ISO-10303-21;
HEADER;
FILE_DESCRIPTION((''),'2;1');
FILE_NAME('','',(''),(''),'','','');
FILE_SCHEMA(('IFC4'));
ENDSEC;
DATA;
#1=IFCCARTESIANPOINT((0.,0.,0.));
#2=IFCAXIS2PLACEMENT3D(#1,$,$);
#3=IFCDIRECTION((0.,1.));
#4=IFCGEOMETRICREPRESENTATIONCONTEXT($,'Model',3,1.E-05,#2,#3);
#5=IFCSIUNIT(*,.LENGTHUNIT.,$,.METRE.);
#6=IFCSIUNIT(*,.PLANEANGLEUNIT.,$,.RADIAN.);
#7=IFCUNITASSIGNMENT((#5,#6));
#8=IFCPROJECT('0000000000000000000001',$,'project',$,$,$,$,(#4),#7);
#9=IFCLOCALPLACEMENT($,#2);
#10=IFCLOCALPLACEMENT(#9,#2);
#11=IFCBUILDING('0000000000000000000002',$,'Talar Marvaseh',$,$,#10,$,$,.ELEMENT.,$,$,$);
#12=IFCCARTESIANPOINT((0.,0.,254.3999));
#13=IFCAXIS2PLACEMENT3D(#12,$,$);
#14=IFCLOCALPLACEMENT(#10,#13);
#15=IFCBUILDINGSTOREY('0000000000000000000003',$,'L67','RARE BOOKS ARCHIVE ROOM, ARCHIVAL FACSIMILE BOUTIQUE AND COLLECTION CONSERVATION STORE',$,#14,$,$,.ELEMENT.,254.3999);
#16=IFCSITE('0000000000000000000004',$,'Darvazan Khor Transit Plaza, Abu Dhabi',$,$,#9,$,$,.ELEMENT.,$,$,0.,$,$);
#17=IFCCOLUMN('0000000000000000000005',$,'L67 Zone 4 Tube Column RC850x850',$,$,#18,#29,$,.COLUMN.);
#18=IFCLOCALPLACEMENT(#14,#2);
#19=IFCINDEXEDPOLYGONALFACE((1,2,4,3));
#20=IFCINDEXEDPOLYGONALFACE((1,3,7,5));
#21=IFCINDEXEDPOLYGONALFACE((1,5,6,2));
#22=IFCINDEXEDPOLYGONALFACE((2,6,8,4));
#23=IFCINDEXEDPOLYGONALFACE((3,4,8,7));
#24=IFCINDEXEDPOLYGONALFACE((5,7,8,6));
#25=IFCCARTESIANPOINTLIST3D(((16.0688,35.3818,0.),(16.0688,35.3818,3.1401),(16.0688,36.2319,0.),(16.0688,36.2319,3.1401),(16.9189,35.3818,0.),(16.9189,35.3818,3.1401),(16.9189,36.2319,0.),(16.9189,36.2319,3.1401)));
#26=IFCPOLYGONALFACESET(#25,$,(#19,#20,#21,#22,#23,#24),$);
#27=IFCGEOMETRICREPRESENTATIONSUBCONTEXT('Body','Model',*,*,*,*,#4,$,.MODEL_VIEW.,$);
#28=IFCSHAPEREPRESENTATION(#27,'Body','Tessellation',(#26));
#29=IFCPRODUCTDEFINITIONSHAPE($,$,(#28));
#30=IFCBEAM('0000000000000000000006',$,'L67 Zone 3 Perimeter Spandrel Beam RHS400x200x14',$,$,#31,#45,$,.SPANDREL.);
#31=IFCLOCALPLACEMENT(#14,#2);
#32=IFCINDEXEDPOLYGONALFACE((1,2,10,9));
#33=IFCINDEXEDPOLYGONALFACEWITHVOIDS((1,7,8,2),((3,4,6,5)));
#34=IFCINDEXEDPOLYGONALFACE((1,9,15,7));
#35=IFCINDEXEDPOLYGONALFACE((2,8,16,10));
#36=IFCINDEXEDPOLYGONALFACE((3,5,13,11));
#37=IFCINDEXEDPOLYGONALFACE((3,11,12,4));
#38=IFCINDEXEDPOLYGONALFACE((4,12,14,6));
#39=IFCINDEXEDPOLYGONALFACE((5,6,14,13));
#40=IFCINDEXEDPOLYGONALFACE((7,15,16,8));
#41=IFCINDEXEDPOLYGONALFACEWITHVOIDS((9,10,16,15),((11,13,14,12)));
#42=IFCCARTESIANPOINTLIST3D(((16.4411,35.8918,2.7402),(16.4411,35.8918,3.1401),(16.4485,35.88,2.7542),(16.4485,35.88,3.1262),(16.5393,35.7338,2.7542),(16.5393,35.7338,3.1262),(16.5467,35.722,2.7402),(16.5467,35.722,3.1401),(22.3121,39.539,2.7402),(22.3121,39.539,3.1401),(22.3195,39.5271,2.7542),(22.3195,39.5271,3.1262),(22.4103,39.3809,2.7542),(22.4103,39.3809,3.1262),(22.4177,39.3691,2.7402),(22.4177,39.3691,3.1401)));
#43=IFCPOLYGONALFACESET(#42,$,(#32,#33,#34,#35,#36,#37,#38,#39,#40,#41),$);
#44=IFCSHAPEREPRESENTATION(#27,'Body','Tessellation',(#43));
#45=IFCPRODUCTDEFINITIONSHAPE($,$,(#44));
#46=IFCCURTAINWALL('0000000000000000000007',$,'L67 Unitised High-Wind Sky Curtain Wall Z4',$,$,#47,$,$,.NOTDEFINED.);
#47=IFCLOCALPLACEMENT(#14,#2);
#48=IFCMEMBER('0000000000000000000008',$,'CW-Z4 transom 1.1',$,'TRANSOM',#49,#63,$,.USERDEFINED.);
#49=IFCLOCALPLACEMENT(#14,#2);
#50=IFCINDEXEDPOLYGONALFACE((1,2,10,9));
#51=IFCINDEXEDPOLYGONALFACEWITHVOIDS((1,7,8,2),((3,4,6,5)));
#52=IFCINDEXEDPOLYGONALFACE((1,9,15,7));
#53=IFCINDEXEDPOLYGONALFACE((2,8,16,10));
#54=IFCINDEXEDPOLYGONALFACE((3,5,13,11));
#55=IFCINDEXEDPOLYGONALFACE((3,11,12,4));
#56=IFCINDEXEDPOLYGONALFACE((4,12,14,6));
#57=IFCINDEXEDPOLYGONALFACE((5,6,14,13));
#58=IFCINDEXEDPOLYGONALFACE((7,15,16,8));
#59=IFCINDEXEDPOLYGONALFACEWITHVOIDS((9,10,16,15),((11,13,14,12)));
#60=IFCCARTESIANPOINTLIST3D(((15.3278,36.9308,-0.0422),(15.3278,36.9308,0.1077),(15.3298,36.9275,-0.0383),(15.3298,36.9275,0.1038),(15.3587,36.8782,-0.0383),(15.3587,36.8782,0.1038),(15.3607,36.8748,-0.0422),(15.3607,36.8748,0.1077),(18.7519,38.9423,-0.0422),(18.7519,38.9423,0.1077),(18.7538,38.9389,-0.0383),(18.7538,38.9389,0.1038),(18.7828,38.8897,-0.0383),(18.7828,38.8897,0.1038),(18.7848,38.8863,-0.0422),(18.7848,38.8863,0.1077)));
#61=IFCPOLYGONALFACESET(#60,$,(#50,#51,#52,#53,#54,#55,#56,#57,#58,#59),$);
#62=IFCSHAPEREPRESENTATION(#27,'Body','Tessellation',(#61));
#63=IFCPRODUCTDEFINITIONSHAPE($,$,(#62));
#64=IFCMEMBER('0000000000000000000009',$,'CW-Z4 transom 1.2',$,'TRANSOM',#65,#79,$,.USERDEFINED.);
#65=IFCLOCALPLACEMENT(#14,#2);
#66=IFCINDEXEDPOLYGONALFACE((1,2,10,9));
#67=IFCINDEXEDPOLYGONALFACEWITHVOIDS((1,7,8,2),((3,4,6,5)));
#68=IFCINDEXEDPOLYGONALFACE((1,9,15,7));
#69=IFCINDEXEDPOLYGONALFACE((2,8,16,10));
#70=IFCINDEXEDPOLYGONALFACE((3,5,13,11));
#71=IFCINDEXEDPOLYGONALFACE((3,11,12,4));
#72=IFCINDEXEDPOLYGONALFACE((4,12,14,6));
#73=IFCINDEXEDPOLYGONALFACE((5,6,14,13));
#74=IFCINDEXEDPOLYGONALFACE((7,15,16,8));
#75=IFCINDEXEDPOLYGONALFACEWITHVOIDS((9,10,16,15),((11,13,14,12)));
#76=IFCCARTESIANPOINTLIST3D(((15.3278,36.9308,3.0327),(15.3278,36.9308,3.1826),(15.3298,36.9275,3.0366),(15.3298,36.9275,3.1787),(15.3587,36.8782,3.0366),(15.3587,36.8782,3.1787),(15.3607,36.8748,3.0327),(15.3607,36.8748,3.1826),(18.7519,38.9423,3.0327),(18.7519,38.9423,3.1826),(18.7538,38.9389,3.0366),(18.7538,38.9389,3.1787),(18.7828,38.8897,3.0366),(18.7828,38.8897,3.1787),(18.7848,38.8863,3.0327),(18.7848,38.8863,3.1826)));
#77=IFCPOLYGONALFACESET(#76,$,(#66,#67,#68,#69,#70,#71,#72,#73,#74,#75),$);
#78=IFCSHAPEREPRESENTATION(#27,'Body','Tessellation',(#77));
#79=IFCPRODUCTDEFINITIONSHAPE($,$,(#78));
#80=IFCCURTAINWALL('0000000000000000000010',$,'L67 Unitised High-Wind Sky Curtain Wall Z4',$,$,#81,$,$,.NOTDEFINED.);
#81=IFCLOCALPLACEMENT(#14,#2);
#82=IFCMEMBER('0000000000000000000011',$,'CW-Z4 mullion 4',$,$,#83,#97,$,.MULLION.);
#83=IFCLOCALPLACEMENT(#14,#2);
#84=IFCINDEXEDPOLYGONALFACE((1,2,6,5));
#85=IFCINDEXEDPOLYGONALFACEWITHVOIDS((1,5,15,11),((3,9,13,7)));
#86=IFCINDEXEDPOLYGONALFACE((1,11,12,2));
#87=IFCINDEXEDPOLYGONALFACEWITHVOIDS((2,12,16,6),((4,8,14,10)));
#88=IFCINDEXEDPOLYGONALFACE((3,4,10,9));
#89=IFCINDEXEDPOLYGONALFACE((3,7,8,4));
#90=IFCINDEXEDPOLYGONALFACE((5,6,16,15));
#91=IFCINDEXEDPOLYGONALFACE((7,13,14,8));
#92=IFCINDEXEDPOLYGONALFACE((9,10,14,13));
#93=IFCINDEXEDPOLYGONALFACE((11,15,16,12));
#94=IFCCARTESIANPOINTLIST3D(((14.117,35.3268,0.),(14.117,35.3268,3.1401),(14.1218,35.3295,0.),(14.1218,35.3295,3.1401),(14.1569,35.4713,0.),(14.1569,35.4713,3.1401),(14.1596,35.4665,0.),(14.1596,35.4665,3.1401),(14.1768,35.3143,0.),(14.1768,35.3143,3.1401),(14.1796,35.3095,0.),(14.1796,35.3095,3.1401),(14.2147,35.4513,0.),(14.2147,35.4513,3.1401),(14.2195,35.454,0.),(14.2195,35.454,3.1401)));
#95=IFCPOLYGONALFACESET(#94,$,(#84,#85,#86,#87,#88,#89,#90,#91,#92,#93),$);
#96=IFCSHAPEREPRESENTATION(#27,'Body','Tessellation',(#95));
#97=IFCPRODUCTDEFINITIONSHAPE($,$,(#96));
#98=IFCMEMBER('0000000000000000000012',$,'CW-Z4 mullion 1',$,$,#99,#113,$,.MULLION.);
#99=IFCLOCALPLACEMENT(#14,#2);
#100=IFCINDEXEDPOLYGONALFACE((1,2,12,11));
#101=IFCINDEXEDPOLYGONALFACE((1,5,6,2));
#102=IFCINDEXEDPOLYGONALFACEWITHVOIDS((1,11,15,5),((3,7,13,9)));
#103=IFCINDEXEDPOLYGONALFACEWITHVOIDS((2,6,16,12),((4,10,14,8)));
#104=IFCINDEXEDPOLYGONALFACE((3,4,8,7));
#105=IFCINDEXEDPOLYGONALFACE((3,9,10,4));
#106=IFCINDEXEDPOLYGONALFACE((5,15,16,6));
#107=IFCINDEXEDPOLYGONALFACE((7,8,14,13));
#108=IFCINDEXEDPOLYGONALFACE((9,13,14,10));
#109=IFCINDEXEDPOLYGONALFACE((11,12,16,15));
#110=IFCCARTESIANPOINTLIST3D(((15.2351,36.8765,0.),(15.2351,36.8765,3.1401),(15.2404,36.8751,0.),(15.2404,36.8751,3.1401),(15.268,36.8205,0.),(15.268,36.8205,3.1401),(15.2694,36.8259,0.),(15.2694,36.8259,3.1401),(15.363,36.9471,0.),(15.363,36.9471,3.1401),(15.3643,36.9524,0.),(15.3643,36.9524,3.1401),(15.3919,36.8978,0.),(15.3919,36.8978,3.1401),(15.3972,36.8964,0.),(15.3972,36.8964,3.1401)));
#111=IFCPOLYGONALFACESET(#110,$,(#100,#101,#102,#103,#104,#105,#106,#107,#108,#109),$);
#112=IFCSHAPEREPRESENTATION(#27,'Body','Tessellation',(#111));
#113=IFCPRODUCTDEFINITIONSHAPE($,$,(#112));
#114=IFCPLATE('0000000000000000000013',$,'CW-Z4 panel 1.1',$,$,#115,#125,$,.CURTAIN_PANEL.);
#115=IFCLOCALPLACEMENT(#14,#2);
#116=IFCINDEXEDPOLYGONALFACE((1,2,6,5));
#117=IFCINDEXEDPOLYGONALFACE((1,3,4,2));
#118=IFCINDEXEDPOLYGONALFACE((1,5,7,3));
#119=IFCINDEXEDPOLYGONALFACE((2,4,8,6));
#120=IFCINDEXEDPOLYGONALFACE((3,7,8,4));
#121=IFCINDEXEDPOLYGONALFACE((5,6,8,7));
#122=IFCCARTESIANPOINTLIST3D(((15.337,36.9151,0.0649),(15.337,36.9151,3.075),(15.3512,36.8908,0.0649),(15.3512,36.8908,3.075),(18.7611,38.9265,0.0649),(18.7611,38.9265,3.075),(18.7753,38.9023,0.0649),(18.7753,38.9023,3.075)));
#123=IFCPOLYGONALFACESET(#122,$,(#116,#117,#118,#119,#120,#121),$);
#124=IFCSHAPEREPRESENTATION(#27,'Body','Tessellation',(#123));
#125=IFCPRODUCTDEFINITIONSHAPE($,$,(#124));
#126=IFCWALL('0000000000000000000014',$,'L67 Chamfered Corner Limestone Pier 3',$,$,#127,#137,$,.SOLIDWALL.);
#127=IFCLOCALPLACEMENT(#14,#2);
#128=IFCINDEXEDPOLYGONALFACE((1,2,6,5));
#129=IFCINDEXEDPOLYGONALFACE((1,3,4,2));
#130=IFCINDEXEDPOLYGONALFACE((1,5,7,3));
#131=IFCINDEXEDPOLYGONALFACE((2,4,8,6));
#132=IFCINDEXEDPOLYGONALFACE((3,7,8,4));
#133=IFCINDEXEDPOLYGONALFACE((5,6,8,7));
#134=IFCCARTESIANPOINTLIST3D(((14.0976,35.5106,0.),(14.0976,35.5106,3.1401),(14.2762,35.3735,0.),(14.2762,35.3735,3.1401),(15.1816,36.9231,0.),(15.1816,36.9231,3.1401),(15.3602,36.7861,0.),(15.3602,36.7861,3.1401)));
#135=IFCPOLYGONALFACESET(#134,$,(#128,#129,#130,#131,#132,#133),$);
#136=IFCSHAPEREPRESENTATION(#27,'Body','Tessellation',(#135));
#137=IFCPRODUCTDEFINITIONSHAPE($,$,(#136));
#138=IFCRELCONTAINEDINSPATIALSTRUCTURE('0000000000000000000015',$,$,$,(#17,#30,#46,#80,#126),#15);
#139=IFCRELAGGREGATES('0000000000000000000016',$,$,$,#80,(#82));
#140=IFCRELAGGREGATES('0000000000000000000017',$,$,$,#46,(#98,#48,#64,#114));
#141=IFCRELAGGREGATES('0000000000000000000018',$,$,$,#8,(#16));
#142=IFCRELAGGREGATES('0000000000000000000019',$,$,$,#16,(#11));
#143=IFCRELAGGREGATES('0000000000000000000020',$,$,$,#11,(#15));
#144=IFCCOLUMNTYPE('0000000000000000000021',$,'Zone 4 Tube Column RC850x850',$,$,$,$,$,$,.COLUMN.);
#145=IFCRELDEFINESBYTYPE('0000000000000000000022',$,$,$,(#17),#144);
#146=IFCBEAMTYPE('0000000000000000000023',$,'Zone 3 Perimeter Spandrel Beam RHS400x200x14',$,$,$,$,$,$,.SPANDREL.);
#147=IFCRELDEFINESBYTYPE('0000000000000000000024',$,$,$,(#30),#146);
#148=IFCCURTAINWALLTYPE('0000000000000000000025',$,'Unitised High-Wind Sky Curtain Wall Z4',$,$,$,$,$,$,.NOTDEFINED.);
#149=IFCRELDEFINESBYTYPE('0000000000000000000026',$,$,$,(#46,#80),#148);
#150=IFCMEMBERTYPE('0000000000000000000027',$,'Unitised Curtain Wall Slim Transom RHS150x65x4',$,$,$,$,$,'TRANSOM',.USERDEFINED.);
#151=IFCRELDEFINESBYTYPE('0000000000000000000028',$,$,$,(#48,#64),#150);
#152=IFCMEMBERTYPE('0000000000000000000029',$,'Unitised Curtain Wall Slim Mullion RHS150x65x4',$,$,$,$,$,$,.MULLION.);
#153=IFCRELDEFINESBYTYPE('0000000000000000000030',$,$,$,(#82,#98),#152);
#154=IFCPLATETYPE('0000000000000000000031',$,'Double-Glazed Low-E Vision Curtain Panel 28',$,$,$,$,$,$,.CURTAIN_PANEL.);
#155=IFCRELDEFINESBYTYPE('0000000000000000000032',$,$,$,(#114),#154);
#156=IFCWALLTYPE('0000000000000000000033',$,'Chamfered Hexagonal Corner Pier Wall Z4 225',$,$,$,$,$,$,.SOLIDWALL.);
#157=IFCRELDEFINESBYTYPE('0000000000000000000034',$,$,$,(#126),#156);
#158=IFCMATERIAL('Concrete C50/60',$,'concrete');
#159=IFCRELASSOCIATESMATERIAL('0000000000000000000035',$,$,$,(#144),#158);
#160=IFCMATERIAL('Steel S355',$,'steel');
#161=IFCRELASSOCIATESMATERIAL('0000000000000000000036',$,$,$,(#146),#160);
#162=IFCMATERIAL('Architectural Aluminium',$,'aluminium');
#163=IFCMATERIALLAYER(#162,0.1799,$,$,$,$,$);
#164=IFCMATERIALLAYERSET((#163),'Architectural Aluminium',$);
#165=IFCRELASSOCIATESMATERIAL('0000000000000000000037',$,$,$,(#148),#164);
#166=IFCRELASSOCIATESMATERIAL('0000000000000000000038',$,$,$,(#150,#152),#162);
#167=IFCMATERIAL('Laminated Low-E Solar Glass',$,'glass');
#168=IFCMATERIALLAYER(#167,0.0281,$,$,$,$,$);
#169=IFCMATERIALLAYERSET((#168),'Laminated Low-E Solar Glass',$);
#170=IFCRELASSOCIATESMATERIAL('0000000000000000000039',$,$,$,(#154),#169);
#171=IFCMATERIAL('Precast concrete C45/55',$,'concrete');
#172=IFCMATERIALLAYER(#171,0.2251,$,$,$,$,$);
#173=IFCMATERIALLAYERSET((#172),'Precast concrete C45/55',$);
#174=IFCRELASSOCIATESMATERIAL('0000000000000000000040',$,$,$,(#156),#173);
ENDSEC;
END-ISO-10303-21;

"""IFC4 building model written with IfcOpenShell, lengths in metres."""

from ifc_helpers import new_model, si_unit, direction, frame, frame_2d, origin, origin_2d, place, context, subcontext, project, spatial, rectangle, hollow_rectangle, extrude, source, transform, mapped, material, layer, layer_set, material_profile, profile_set, type_object, type_shapes, element, aggregate, save


model = new_model("IFC4")

# Units and contexts
model_context = context("Model", 3, precision=1e-05, world=origin(), true_north=direction((0.0, 1.0)))
body_context = subcontext(model_context, "Body", "Model", "MODEL_VIEW")
ifc_project = project(units=[si_unit("LENGTHUNIT", "METRE"), si_unit("PLANEANGLEUNIT", "RADIAN")], contexts=[model_context])

# Site, building, storey
site_placement = place(None, origin())
site = spatial("IfcSite", under=ifc_project, at=site_placement, Name="Darvazan Khor Transit Plaza, Abu Dhabi", CompositionType="ELEMENT", RefElevation=0.0)
building_placement = place(site_placement, origin())
building = spatial("IfcBuilding", under=site, at=building_placement, Name="Talar Marvaseh", CompositionType="ELEMENT")
storey_placement = place(building_placement, frame((0.0, 0.0, 254.3999)))
storey = spatial("IfcBuildingStorey", under=building, at=storey_placement, Name="L67", Description="RARE BOOKS ARCHIVE ROOM, ARCHIVAL FACSIMILE BOUTIQUE AND COLLECTION CONSERVATION STORE", CompositionType="ELEMENT", Elevation=254.3999)

# Column
ifc_material_1 = material(Name="Concrete C50/60", Category="concrete")
ifc_material_profile_1 = material_profile(ifc_material_1, rectangle(XDim=0.8501, YDim=0.8501, at=origin_2d()), Name="RC850x850")
ifc_profile_set_1 = profile_set([ifc_material_profile_1], Name="Concrete C50/60")
column_type = type_object("IfcColumnType", Name="Zone 4 Tube Column RC850x850", PredefinedType="COLUMN", material=ifc_profile_set_1)
column_placement = place(storey_placement, frame((16.4939, 35.8069, 0.0), z_axis=(0.0, 0.0, 1.0), x_axis=(1.0, 0.0, 0.0)))
element("IfcColumn", 1, at=column_placement, inside=storey, type_object=column_type, Name="L67 Zone 4 Tube Column RC850x850", PredefinedType="COLUMN", context=body_context, shape_type="SweptSolid", body=[
    extrude(rectangle(XDim=0.8501, YDim=0.8501, at=origin_2d()), origin(), (0.0, 0.0, 1.0), 3.1401),
])

# Beam
ifc_material_2 = material(Name="Steel S355", Category="steel")
ifc_material_profile_2 = material_profile(ifc_material_2, hollow_rectangle(XDim=0.2, YDim=0.3999, WallThickness=0.0139, at=origin_2d()), Name="RHS400x200x14")
ifc_profile_set_2 = profile_set([ifc_material_profile_2], Name="Steel S355")
beam_type = type_object("IfcBeamType", Name="Zone 3 Perimeter Spandrel Beam RHS400x200x14", PredefinedType="SPANDREL", material=ifc_profile_set_2)
beam_placement = place(storey_placement, frame((16.4939, 35.8069, 2.9402), z_axis=(0.84944, 0.527686, 0.0), x_axis=(-0.527686, 0.84944, 0.0)))
element("IfcBeam", 2, at=beam_placement, inside=storey, type_object=beam_type, Name="L67 Zone 3 Perimeter Spandrel Beam RHS400x200x14", PredefinedType="SPANDREL", context=body_context, shape_type="SweptSolid", body=[
    extrude(hollow_rectangle(XDim=0.2, YDim=0.3999, WallThickness=0.0139, at=origin_2d()), origin(), (0.0, 0.0, 1.0), 6.9116),
])

# Curtain wall, members
ifc_material_3 = material(Name="Architectural Aluminium", Category="aluminium")
ifc_layer_1 = layer(ifc_material_3, 0.1799)
ifc_layer_set_1 = layer_set([ifc_layer_1], Name="Architectural Aluminium")
curtain_wall_type = type_object("IfcCurtainWallType", Name="Unitised High-Wind Sky Curtain Wall Z4", PredefinedType="NOTDEFINED", material=ifc_layer_set_1)
curtain_wall_1_placement = place(storey_placement, origin())
curtain_wall_1 = element("IfcCurtainWall", 3, at=curtain_wall_1_placement, inside=storey, type_object=curtain_wall_type, Name="L67 Unitised High-Wind Sky Curtain Wall Z4", PredefinedType="NOTDEFINED")
ifc_material_profile_3 = material_profile(ifc_material_3, hollow_rectangle(XDim=0.0649, YDim=0.1499, WallThickness=0.0039, at=origin_2d()), Name="RHS150x65x4")
ifc_profile_set_3 = profile_set([ifc_material_profile_3], Name="Architectural Aluminium")
member_type_1 = type_object("IfcMemberType", Name="Unitised Curtain Wall Slim Transom RHS150x65x4", ElementType="TRANSOM", PredefinedType="USERDEFINED", material=ifc_profile_set_3)
shared_shape_1 = source(origin(), body_context, "Body", "SweptSolid", [
    extrude(hollow_rectangle(XDim=0.0649, YDim=0.1499, WallThickness=0.0039, at=origin_2d()), origin(), (0.0, 0.0, 1.0), 3.9712),
])
type_shapes(member_type_1, [shared_shape_1])
member_1_placement = place(storey_placement, frame((15.3442, 36.9028, 0.0327), z_axis=(0.86223, 0.506518, 0.0), x_axis=(-0.506518, 0.86223, 0.0)))
member_1 = element("IfcMember", 4, at=member_1_placement, type_object=member_type_1, Name="CW-Z4 transom 1.1", ObjectType="TRANSOM", PredefinedType="USERDEFINED", context=body_context, shape_type="MappedRepresentation", body=[
    mapped(shared_shape_1, transform((0.0, 0.0, 0.0), x_axis=(1.0, 0.0, 0.0), y_axis=(0.0, 1.0, 0.0), z_axis=(0.0, 0.0, 1.0), scale=1.0)),
])
member_2_placement = place(storey_placement, frame((15.3442, 36.9028, 3.1077), z_axis=(0.86223, 0.506518, 0.0), x_axis=(-0.506518, 0.86223, 0.0)))
member_2 = element("IfcMember", 5, at=member_2_placement, type_object=member_type_1, Name="CW-Z4 transom 1.2", ObjectType="TRANSOM", PredefinedType="USERDEFINED", context=body_context, shape_type="MappedRepresentation", body=[
    mapped(shared_shape_1, transform((0.0, 0.0, 0.0), x_axis=(1.0, 0.0, 0.0), y_axis=(0.0, 1.0, 0.0), z_axis=(0.0, 0.0, 1.0), scale=1.0)),
])

# Curtain wall, member
curtain_wall_2_placement = place(storey_placement, origin())
curtain_wall_2 = element("IfcCurtainWall", 6, at=curtain_wall_2_placement, inside=storey, type_object=curtain_wall_type, Name="L67 Unitised High-Wind Sky Curtain Wall Z4", PredefinedType="NOTDEFINED")
ifc_material_profile_4 = material_profile(ifc_material_3, hollow_rectangle(XDim=0.0649, YDim=0.1499, WallThickness=0.0039, at=origin_2d()), Name="RHS150x65x4")
ifc_profile_set_4 = profile_set([ifc_material_profile_4], Name="Architectural Aluminium")
member_type_2 = type_object("IfcMemberType", Name="Unitised Curtain Wall Slim Mullion RHS150x65x4", PredefinedType="MULLION", material=ifc_profile_set_4)
shared_shape_2 = source(origin(), body_context, "Body", "SweptSolid", [
    extrude(hollow_rectangle(XDim=0.0649, YDim=0.1499, WallThickness=0.0039, at=origin_2d()), origin(), (0.0, 0.0, 1.0), 3.1401),
])
type_shapes(member_type_2, [shared_shape_2])
member_3_placement = place(storey_placement, frame((14.1682, 35.3904, 0.0), z_axis=(0.0, 0.0, 1.0), x_axis=(-0.963948, 0.266091, 0.0)))
member_3 = element("IfcMember", 7, at=member_3_placement, type_object=member_type_2, Name="CW-Z4 mullion 4", PredefinedType="MULLION", context=body_context, shape_type="MappedRepresentation", body=[
    mapped(shared_shape_2, transform((0.0, 0.0, 0.0), x_axis=(1.0, 0.0, 0.0), y_axis=(0.0, 1.0, 0.0), z_axis=(0.0, 0.0, 1.0), scale=1.0)),
])
aggregate(curtain_wall_2, [member_3])

# Member
member_4_placement = place(storey_placement, frame((15.3162, 36.8865, 0.0), z_axis=(0.0, 0.0, 1.0), x_axis=(-0.506517, 0.86223, 0.0)))
member_4 = element("IfcMember", 8, at=member_4_placement, type_object=member_type_2, Name="CW-Z4 mullion 1", PredefinedType="MULLION", context=body_context, shape_type="MappedRepresentation", body=[
    mapped(shared_shape_2, transform((0.0, 0.0, 0.0), x_axis=(1.0, 0.0, 0.0), y_axis=(0.0, 1.0, 0.0), z_axis=(0.0, 0.0, 1.0), scale=1.0)),
])

# Plate
ifc_material_4 = material(Name="Laminated Low-E Solar Glass", Category="glass")
ifc_layer_2 = layer(ifc_material_4, 0.0281)
ifc_layer_set_2 = layer_set([ifc_layer_2], Name="Laminated Low-E Solar Glass")
plate_type = type_object("IfcPlateType", Name="Double-Glazed Low-E Vision Curtain Panel 28", PredefinedType="CURTAIN_PANEL", material=ifc_layer_set_2)
shared_shape_3 = source(origin(), body_context, "Body", "SweptSolid", [
    extrude(rectangle(XDim=3.9712, YDim=0.0281, at=origin_2d()), origin(), (0.0, 0.0, 1.0), 3.01),
])
type_shapes(plate_type, [shared_shape_3])
plate_placement = place(storey_placement, frame((17.0562, 37.9087, 0.0649), z_axis=(0.0, 0.0, 1.0), x_axis=(0.86223, 0.506517, 0.0)))
plate = element("IfcPlate", 9, at=plate_placement, type_object=plate_type, Name="CW-Z4 panel 1.1", PredefinedType="CURTAIN_PANEL", context=body_context, shape_type="MappedRepresentation", body=[
    mapped(shared_shape_3, transform((0.0, 0.0, 0.0), x_axis=(1.0, 0.0, 0.0), y_axis=(0.0, 1.0, 0.0), z_axis=(0.0, 0.0, 1.0), scale=1.0)),
])
aggregate(curtain_wall_1, [member_4, member_1, member_2, plate])

# Wall
ifc_material_5 = material(Name="Precast concrete C45/55", Category="concrete")
ifc_layer_3 = layer(ifc_material_5, 0.2251)
ifc_layer_set_3 = layer_set([ifc_layer_3], Name="Precast concrete C45/55")
wall_type_1 = type_object("IfcWallType", Name="Chamfered Hexagonal Corner Pier Wall Z4 225", PredefinedType="SOLIDWALL", material=ifc_layer_set_3)
wall_1_placement = place(storey_placement, frame((14.187, 35.4421, 0.0), z_axis=(0.0, 0.0, 1.0), x_axis=(0.608783, 0.793337, 0.0)))
element("IfcWall", 10, at=wall_1_placement, inside=storey, type_object=wall_type_1, Name="L67 Chamfered Corner Limestone Pier 3", PredefinedType="SOLIDWALL", context=body_context, shape_type="SweptSolid", body=[
    extrude(rectangle(XDim=1.7805, YDim=0.2251, at=frame_2d((0.8901, 0.0))), origin(), (0.0, 0.0, 1.0), 3.1401),
])

save(model, "model.ifc")
